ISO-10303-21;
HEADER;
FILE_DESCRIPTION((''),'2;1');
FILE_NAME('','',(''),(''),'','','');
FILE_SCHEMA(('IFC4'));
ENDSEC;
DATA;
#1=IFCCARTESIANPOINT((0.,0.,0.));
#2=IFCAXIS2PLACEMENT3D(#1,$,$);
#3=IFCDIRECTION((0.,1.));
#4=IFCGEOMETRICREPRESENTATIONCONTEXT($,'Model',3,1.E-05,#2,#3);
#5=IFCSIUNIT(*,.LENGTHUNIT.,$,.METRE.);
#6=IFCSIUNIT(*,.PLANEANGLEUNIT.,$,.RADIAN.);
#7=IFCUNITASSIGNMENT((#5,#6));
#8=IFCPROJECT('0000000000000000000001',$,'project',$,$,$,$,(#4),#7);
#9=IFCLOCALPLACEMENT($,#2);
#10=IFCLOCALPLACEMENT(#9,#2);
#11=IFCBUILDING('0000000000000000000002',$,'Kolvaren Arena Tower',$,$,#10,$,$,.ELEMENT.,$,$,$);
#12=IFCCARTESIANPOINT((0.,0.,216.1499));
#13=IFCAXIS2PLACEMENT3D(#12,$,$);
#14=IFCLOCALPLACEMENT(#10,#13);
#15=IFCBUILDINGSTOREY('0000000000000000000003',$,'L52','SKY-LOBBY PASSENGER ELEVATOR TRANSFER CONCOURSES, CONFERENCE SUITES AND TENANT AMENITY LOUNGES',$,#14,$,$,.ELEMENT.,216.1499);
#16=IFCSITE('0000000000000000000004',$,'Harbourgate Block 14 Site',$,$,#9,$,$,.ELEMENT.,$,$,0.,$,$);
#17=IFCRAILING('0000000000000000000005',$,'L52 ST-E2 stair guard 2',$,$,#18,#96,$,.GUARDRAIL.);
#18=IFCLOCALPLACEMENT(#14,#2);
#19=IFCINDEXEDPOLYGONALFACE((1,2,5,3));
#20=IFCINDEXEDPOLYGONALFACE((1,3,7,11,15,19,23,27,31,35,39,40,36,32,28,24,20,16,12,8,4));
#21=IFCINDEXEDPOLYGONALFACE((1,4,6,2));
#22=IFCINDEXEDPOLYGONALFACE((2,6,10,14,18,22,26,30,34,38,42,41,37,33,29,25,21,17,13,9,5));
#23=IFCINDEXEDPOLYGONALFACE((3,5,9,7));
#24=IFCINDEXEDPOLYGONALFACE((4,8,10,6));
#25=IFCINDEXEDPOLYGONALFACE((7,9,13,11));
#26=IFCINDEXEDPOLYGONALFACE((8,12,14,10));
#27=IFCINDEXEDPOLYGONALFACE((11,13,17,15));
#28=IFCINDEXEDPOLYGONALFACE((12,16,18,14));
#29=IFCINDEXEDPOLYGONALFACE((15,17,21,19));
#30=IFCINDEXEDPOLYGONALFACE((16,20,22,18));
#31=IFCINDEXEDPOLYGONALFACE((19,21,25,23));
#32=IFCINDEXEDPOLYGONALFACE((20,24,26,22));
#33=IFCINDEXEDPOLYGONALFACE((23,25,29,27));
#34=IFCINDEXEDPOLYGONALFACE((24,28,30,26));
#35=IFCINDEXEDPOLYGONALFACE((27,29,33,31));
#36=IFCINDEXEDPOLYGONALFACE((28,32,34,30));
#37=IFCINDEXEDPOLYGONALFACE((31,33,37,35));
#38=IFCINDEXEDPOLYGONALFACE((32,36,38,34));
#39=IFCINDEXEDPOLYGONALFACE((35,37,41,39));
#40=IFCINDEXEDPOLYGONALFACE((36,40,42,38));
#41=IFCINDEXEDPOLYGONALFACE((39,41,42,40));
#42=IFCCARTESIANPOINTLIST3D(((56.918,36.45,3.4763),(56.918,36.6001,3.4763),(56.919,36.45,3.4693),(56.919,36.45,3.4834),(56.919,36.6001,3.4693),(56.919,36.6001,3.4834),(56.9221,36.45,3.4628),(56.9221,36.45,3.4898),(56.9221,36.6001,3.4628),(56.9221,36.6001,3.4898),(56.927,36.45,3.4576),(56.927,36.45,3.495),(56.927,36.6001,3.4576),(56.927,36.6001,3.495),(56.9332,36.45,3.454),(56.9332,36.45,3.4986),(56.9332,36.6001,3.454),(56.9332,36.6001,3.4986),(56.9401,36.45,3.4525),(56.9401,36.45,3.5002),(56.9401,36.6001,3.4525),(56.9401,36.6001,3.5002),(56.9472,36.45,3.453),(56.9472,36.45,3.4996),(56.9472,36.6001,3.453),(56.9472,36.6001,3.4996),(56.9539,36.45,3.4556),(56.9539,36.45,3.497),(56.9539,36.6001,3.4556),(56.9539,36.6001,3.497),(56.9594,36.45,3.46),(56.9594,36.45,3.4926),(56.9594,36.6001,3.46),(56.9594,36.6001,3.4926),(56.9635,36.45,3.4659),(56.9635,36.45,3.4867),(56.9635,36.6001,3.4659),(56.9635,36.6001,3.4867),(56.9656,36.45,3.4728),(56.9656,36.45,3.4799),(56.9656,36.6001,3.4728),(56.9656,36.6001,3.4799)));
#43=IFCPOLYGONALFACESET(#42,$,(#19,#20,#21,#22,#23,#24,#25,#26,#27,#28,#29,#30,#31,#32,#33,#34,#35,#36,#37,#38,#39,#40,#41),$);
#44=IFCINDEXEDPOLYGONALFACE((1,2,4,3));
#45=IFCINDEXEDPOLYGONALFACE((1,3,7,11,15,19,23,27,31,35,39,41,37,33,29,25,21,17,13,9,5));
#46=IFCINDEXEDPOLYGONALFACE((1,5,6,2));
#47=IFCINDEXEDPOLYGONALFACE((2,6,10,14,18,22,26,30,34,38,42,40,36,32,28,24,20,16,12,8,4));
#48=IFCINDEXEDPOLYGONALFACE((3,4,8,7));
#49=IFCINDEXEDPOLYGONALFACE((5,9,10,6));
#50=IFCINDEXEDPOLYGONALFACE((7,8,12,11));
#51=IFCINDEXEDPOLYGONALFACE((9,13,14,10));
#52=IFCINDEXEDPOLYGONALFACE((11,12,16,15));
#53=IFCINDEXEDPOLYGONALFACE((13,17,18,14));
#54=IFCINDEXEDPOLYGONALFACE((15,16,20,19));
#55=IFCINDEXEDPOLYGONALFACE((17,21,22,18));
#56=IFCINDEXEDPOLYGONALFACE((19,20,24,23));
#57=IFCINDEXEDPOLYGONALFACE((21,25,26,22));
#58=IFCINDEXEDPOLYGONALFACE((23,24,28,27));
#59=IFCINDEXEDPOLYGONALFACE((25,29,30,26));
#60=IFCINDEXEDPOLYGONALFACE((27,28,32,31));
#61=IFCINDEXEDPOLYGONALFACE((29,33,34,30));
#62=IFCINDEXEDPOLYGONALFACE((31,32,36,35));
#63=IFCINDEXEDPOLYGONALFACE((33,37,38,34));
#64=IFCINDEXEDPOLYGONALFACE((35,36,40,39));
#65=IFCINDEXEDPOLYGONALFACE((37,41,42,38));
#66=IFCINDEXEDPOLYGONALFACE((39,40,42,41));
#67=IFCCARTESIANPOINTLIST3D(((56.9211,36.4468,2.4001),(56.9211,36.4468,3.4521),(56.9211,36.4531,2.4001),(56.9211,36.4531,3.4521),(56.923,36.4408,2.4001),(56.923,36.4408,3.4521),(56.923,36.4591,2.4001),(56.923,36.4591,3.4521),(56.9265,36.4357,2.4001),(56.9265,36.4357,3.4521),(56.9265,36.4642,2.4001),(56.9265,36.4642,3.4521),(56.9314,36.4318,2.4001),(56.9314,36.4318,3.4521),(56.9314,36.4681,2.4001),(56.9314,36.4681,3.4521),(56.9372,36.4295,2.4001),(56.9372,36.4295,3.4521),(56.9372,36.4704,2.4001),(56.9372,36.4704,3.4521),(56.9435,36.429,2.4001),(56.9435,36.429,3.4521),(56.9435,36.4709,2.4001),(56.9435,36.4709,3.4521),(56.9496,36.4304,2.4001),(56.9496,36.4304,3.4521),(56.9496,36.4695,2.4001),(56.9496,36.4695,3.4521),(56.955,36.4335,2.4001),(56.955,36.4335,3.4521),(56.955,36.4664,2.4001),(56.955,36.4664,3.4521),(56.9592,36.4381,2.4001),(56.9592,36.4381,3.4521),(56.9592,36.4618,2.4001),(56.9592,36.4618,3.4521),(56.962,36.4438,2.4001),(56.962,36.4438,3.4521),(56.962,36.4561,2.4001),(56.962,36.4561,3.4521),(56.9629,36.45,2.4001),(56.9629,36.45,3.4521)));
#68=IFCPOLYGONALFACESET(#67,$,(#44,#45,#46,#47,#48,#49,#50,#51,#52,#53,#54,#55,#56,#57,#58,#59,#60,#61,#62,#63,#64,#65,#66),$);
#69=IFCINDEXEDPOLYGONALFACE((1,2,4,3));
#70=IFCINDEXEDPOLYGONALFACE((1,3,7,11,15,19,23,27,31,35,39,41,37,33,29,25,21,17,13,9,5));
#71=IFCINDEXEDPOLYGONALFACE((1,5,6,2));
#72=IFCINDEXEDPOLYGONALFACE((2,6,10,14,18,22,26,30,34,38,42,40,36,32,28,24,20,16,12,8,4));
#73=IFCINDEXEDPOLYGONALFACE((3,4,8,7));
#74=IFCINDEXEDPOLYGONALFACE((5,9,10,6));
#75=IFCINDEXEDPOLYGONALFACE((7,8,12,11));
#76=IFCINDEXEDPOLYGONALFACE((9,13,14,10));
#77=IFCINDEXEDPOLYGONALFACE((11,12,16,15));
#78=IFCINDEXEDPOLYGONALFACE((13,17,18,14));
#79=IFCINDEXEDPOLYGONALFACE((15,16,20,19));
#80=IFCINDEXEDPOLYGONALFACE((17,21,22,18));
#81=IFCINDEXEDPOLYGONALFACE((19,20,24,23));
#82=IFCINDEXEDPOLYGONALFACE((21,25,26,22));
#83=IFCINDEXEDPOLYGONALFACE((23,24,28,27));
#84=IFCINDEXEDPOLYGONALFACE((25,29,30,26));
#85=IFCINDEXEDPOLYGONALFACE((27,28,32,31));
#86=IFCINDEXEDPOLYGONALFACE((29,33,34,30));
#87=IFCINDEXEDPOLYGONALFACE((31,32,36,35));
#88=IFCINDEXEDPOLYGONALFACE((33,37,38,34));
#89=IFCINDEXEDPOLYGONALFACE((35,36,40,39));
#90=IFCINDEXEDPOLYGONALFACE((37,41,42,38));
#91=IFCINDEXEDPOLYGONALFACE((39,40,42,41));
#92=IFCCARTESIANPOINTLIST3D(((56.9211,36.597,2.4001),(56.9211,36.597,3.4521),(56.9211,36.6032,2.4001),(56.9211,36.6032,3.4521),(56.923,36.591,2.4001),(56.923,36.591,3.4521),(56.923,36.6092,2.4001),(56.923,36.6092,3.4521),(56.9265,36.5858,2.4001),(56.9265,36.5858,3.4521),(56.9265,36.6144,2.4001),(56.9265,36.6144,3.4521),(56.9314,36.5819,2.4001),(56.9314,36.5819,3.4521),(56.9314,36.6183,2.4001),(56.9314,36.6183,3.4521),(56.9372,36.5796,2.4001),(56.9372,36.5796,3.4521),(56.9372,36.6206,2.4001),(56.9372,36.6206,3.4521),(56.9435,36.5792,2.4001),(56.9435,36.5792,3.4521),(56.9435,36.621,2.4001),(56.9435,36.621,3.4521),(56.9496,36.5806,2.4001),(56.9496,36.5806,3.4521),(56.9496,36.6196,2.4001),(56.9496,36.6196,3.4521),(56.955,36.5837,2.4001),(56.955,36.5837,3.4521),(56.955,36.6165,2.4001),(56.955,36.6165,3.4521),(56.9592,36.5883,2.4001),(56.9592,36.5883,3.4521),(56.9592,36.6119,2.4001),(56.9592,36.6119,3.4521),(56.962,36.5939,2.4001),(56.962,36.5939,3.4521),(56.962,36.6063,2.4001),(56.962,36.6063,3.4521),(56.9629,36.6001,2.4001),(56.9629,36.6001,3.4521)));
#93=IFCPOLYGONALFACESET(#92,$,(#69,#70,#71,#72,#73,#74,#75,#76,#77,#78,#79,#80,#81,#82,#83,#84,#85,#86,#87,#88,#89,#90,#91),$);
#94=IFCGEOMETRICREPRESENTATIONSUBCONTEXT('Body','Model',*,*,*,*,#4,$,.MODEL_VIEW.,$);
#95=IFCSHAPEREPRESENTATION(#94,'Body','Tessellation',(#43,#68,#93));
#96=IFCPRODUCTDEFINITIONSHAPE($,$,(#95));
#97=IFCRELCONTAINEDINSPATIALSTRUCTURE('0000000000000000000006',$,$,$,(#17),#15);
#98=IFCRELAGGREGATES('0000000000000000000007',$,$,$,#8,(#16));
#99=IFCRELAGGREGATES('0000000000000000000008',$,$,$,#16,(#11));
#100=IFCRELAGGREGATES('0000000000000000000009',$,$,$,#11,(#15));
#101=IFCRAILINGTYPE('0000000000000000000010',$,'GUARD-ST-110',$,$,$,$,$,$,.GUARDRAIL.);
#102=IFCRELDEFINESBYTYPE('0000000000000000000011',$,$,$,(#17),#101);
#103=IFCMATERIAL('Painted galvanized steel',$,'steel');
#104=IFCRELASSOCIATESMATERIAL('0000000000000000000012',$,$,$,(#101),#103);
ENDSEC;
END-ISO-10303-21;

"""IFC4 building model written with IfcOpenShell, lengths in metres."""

from ifc_helpers import new_model, si_unit, direction, frame, origin, origin_2d, place, context, subcontext, project, spatial, circle, extrude, material, type_object, element, save


model = new_model("IFC4")

# Units and contexts
model_context = context("Model", 3, precision=1e-05, world=origin(), true_north=direction((0.0, 1.0)))
body_context = subcontext(model_context, "Body", "Model", "MODEL_VIEW")
ifc_project = project(units=[si_unit("LENGTHUNIT", "METRE"), si_unit("PLANEANGLEUNIT", "RADIAN")], contexts=[model_context])

# Site, building, storey
site_placement = place(None, origin())
site = spatial("IfcSite", under=ifc_project, at=site_placement, Name="Harbourgate Block 14 Site", CompositionType="ELEMENT", RefElevation=0.0)
building_placement = place(site_placement, origin())
building = spatial("IfcBuilding", under=site, at=building_placement, Name="Kolvaren Arena Tower", CompositionType="ELEMENT")
storey_placement = place(building_placement, frame((0.0, 0.0, 216.1499)))
storey = spatial("IfcBuildingStorey", under=building, at=storey_placement, Name="L52", Description="SKY-LOBBY PASSENGER ELEVATOR TRANSFER CONCOURSES, CONFERENCE SUITES AND TENANT AMENITY LOUNGES", CompositionType="ELEMENT", Elevation=216.1499)

# Railing
ifc_material_1 = material(Name="Painted galvanized steel", Category="steel")
railing_type_1 = type_object("IfcRailingType", Name="GUARD-ST-110", PredefinedType="GUARDRAIL", material=ifc_material_1)
railing_1_placement = place(storey_placement, frame((56.9419, 36.45, 2.4001)))
element("IfcRailing", 1, at=railing_1_placement, inside=storey, type_object=railing_type_1, Name="L52 ST-E2 stair guard 2", PredefinedType="GUARDRAIL", context=body_context, shape_type="SweptSolid", body=[
    extrude(circle(Radius=0.0239, at=origin_2d()), frame((0.0, 0.0, 1.0762), z_axis=(0.0, 1.0, 0.0), x_axis=(-1.0, 0.0, 0.0)), (0.0, 0.0, 1.0), 0.1501),
    extrude(circle(Radius=0.021, at=origin_2d()), origin(), (0.0, 0.0, 1.0), 1.052),
    extrude(circle(Radius=0.021, at=origin_2d()), frame((0.0, 0.1501, 0.0)), (0.0, 0.0, 1.0), 1.052),
])

save(model, "model.ifc")
